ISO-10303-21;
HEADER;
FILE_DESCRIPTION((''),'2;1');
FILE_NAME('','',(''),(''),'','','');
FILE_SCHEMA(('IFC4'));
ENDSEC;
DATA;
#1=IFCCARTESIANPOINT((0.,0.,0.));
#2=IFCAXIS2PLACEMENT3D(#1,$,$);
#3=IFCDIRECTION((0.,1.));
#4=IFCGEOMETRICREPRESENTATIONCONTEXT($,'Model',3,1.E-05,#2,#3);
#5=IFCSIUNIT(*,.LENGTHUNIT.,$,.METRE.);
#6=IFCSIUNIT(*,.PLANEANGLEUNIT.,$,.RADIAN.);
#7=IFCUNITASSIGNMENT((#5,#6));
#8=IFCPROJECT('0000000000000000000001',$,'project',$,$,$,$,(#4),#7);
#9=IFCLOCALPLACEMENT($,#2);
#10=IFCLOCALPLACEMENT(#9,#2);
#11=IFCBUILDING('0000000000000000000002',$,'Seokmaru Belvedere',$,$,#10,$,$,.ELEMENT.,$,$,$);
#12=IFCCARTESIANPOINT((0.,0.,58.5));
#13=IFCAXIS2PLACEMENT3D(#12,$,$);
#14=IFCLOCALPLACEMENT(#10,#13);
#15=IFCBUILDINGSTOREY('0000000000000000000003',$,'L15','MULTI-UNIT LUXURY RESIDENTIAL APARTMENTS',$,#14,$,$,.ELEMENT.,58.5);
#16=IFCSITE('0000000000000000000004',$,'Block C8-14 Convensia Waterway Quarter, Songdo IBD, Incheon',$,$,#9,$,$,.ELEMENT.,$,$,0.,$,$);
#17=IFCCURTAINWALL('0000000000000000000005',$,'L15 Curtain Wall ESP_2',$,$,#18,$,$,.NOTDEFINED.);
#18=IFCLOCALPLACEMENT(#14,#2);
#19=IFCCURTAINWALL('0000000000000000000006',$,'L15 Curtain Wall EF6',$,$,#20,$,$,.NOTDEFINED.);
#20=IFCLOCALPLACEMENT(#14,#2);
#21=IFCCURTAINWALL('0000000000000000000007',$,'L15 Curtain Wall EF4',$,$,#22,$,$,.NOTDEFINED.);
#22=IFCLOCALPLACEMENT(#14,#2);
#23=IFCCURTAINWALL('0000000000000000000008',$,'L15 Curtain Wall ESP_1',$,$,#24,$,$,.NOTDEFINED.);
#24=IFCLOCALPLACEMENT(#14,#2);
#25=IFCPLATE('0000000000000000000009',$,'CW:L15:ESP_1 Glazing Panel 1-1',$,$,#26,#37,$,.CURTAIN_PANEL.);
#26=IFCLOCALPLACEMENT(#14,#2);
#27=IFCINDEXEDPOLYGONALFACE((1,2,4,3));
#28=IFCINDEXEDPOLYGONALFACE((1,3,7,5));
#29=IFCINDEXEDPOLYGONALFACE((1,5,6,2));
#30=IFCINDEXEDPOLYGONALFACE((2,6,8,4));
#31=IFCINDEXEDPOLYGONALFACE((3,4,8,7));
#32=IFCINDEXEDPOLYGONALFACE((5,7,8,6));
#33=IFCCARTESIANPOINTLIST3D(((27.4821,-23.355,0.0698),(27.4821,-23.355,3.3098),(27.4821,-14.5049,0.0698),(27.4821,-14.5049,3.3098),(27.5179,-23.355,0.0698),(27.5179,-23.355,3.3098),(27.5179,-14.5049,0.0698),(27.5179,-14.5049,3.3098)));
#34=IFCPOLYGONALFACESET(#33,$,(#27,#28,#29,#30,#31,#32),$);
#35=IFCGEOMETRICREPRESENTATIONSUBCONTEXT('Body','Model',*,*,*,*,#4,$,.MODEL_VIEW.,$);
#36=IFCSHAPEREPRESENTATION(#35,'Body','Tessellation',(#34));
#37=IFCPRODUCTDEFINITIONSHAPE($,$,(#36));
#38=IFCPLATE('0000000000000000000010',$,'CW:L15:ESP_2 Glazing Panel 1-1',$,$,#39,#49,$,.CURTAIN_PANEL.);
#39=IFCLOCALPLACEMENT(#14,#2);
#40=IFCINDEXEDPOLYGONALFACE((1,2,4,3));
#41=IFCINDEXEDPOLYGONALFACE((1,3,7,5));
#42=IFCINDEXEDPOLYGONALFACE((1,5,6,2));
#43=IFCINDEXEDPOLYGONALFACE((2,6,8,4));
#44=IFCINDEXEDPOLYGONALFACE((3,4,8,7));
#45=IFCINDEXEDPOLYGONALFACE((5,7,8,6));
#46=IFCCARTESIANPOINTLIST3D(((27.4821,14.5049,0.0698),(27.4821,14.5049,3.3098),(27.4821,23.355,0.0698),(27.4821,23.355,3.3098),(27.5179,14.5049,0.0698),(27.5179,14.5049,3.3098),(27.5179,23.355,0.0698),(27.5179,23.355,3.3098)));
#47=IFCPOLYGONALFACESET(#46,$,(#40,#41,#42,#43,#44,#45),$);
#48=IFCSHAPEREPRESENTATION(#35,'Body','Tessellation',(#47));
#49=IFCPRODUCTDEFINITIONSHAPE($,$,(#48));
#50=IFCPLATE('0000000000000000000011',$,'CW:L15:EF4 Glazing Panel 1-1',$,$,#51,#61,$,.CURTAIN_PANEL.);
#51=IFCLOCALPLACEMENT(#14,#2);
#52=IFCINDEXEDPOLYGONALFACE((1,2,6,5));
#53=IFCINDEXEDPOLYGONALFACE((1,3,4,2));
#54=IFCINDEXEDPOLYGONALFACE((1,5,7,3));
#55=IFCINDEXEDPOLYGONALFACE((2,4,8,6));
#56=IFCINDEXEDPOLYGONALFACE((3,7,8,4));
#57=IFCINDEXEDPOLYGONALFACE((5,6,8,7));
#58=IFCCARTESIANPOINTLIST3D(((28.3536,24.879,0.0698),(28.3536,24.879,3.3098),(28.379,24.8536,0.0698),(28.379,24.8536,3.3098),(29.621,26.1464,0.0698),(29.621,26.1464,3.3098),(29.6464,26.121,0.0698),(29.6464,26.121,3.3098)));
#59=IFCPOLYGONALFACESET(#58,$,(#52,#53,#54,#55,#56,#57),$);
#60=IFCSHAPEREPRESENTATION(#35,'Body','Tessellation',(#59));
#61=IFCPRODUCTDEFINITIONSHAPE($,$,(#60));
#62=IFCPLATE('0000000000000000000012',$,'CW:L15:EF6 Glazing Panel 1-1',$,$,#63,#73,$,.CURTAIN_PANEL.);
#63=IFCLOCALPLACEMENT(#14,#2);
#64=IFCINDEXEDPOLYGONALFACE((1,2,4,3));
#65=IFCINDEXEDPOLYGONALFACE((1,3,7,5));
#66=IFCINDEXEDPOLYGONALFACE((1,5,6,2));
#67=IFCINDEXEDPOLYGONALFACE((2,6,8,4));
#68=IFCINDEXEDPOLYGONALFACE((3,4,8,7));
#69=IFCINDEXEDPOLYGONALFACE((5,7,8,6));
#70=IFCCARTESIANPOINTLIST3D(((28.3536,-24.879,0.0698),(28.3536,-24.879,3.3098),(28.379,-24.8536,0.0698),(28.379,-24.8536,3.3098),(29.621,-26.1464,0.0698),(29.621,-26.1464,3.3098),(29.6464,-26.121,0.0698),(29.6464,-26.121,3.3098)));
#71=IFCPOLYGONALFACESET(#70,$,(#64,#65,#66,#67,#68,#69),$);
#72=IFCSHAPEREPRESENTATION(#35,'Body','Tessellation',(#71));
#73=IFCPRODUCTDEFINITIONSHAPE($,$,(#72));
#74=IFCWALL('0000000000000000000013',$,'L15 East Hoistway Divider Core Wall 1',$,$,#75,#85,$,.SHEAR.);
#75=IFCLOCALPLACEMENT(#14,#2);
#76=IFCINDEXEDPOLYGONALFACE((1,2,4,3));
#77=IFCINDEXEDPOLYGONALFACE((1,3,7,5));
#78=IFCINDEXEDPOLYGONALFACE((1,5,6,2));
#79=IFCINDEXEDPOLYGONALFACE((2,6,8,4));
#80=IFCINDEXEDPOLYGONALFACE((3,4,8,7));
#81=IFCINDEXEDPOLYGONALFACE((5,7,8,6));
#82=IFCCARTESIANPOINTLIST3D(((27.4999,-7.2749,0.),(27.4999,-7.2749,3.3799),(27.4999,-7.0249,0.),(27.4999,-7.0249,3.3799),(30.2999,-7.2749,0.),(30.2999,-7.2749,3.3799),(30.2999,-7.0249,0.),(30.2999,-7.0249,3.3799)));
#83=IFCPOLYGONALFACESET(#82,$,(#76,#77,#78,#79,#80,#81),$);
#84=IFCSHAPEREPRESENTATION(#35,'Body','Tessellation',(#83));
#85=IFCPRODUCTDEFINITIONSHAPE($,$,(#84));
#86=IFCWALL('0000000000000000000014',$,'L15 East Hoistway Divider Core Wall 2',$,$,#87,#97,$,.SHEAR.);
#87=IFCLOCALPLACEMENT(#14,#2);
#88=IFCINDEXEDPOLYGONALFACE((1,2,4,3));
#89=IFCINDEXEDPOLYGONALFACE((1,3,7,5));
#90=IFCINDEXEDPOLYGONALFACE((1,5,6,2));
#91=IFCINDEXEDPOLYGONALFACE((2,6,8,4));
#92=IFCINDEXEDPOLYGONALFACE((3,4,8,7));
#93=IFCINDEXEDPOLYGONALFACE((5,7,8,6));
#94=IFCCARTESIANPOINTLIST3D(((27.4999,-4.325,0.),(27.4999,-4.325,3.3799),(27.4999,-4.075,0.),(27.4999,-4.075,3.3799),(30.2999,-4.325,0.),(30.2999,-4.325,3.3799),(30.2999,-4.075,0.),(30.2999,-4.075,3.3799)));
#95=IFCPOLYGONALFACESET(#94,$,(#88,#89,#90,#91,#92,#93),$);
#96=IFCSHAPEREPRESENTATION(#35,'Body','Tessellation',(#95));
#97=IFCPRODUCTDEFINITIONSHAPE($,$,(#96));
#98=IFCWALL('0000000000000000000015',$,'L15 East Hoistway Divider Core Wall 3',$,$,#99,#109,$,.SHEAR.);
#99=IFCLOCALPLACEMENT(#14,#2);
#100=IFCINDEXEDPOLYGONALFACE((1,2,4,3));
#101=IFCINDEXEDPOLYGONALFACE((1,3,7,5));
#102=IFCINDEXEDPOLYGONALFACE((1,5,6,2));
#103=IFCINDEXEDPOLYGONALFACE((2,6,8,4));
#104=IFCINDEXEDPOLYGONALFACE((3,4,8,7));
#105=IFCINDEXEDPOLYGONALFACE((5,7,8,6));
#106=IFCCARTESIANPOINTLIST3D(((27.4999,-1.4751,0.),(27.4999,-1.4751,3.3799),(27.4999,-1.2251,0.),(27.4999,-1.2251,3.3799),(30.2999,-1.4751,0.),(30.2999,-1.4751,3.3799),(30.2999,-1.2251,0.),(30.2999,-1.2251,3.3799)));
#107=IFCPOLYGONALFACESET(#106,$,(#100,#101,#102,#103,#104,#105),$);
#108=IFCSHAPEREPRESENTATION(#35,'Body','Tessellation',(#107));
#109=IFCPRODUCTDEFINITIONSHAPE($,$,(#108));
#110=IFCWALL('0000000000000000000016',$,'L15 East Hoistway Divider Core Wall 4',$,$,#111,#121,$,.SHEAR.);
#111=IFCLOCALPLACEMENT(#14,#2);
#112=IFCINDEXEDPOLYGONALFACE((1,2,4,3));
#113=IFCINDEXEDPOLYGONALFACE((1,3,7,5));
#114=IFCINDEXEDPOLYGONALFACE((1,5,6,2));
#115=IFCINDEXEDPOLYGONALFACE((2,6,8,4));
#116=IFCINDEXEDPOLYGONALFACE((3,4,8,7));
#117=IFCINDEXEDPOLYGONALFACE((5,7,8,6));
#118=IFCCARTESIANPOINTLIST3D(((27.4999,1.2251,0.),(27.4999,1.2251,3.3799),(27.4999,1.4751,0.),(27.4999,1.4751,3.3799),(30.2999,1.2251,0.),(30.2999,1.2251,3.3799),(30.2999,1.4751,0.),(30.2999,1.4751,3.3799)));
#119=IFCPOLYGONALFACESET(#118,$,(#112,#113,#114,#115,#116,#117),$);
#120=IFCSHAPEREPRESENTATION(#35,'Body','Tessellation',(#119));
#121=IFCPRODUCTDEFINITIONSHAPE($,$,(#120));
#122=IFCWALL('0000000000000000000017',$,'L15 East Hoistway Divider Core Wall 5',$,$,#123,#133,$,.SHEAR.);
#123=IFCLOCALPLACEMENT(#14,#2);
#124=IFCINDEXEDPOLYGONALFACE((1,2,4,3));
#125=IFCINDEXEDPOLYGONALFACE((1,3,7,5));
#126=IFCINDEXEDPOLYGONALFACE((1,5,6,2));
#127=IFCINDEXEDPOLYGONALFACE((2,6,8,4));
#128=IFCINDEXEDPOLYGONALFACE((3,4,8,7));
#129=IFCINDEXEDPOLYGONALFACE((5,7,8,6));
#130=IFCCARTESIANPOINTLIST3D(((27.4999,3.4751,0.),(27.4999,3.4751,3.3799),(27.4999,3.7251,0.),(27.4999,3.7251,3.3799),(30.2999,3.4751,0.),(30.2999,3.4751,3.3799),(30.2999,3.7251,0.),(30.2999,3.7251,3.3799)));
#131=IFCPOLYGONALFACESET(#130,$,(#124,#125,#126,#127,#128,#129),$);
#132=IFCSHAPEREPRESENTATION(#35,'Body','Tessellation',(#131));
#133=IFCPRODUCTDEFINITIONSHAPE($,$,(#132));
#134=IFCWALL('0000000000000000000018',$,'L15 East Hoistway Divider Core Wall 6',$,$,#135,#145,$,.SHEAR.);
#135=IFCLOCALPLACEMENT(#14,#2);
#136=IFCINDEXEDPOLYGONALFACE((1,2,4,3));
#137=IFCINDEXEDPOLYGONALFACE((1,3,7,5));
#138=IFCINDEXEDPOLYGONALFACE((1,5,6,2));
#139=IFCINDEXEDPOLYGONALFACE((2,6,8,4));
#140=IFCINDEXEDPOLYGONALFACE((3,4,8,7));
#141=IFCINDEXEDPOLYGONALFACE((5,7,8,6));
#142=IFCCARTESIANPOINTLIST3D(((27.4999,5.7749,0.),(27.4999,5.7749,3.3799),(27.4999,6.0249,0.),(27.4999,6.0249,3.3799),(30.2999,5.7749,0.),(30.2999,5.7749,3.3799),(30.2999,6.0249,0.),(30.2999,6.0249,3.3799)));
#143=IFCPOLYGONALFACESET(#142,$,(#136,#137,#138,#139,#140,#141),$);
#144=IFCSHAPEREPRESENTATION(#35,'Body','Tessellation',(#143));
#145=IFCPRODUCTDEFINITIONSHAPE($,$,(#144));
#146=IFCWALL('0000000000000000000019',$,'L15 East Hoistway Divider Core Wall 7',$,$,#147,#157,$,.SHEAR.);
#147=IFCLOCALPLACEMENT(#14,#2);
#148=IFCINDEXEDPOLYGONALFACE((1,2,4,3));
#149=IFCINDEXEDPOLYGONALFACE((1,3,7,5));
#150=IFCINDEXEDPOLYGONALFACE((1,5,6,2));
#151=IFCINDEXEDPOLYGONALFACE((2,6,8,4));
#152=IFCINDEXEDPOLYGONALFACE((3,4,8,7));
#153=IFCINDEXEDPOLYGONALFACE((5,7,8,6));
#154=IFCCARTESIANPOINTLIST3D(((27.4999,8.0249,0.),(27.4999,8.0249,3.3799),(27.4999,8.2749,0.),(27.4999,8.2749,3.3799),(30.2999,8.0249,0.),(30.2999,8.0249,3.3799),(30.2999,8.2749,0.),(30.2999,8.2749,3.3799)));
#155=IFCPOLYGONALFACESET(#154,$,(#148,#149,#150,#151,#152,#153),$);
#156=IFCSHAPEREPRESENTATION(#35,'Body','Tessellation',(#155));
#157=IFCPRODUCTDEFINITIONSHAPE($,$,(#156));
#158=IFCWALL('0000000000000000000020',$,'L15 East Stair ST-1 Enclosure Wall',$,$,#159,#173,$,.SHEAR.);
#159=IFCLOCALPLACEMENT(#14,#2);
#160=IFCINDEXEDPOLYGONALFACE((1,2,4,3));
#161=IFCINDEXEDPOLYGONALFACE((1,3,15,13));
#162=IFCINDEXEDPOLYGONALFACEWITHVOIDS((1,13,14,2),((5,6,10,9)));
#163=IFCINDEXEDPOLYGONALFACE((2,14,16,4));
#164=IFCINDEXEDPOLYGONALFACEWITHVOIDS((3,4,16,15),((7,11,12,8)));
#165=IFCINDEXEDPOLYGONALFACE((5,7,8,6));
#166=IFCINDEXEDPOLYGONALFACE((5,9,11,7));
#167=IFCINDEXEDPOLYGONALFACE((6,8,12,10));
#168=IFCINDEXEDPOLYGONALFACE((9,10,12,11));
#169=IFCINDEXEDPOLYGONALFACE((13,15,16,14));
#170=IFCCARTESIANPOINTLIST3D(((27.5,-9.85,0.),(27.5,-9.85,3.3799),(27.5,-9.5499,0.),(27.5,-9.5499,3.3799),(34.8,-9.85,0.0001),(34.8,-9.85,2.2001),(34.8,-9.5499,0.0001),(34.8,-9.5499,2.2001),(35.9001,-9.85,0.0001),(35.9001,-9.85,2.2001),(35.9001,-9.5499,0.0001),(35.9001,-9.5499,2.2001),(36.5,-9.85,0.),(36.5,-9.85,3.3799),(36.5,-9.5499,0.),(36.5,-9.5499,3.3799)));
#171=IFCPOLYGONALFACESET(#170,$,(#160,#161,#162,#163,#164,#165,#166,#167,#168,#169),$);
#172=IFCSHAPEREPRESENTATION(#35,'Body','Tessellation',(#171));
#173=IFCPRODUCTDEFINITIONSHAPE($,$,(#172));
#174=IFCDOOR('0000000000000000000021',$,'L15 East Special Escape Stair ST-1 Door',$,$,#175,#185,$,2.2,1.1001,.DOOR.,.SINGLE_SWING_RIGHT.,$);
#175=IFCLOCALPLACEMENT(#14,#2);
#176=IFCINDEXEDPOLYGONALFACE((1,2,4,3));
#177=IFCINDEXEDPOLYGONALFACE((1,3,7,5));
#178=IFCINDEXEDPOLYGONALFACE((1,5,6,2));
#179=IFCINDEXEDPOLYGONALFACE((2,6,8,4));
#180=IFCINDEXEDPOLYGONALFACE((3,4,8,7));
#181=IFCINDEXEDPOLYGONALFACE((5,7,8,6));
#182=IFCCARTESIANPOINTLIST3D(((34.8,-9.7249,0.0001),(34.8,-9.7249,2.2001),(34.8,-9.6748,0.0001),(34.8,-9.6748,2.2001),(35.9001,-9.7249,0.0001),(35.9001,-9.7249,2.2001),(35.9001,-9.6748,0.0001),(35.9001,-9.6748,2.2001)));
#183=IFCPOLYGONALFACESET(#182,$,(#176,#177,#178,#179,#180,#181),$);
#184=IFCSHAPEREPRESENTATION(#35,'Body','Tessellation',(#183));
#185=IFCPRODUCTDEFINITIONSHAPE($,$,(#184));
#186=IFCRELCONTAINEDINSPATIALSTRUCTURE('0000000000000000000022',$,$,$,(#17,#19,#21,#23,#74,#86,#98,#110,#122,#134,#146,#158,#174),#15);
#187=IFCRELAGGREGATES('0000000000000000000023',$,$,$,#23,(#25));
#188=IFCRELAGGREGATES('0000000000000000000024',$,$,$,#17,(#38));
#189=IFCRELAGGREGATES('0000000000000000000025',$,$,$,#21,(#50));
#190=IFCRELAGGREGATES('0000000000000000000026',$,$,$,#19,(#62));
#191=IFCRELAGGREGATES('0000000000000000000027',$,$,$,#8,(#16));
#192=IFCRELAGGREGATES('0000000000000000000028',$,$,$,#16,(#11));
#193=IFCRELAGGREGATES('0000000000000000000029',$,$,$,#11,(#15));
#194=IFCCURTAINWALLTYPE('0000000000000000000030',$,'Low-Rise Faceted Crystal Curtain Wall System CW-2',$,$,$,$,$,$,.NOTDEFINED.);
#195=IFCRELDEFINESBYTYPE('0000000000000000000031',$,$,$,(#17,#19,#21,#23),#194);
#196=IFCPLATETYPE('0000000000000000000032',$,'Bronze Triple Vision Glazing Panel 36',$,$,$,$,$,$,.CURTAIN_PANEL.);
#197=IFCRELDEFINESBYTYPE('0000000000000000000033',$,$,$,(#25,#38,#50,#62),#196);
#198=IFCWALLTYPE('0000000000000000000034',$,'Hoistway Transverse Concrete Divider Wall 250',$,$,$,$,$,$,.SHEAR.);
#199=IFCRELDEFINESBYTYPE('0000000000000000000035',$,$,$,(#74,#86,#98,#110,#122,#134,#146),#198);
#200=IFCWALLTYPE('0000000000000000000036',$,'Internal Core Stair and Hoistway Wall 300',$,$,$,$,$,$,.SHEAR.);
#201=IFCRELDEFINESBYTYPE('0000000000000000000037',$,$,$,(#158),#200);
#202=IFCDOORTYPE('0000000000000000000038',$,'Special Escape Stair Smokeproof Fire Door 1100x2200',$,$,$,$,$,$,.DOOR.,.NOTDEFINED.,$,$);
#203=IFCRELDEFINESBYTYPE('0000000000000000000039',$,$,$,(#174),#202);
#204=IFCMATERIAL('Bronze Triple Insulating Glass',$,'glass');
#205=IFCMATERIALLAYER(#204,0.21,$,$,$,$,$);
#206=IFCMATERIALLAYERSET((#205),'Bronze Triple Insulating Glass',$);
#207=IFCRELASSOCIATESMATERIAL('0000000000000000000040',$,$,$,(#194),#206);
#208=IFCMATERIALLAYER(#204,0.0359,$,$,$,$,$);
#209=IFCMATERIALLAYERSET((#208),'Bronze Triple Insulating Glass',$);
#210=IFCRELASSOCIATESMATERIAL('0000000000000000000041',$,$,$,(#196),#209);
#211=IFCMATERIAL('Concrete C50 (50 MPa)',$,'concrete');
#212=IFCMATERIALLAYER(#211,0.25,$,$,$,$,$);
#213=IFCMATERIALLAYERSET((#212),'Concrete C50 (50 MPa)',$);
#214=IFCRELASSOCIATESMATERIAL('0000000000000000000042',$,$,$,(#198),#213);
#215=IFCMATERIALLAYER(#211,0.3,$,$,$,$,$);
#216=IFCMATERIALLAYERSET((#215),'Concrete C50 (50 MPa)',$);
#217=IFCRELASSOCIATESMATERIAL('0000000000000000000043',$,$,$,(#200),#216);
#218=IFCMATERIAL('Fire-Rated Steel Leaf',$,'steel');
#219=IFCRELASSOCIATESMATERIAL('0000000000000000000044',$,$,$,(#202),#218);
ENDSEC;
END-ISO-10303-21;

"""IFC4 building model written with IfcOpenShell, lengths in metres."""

from ifc_helpers import new_model, si_unit, direction, frame, frame_2d, origin, origin_2d, place, context, subcontext, project, spatial, rectangle, extrude, source, transform, mapped, material, layer, layer_set, type_object, type_shapes, element, fill, aggregate, save


model = new_model("IFC4")

# Units and contexts
model_context = context("Model", 3, precision=1e-05, world=origin(), true_north=direction((0.0, 1.0)))
body_context = subcontext(model_context, "Body", "Model", "MODEL_VIEW")
ifc_project = project(units=[si_unit("LENGTHUNIT", "METRE"), si_unit("PLANEANGLEUNIT", "RADIAN")], contexts=[model_context])

# Site, building, storey
site_placement = place(None, origin())
site = spatial("IfcSite", under=ifc_project, at=site_placement, Name="Block C8-14 Convensia Waterway Quarter, Songdo IBD, Incheon", CompositionType="ELEMENT", RefElevation=0.0)
building_placement = place(site_placement, origin())
building = spatial("IfcBuilding", under=site, at=building_placement, Name="Seokmaru Belvedere", CompositionType="ELEMENT")
storey_placement = place(building_placement, frame((0.0, 0.0, 58.5)))
storey = spatial("IfcBuildingStorey", under=building, at=storey_placement, Name="L15", Description="MULTI-UNIT LUXURY RESIDENTIAL APARTMENTS", CompositionType="ELEMENT", Elevation=58.5)

# Curtain walls
ifc_material_1 = material(Name="Bronze Triple Insulating Glass", Category="glass")
ifc_layer_1 = layer(ifc_material_1, 0.21)
ifc_layer_set_1 = layer_set([ifc_layer_1], Name="Bronze Triple Insulating Glass")
curtain_wall_type = type_object("IfcCurtainWallType", Name="Low-Rise Faceted Crystal Curtain Wall System CW-2", PredefinedType="NOTDEFINED", material=ifc_layer_set_1)
curtain_wall_1_placement = place(storey_placement, origin())
curtain_wall_1 = element("IfcCurtainWall", 1, at=curtain_wall_1_placement, inside=storey, type_object=curtain_wall_type, Name="L15 Curtain Wall ESP_2", PredefinedType="NOTDEFINED")
curtain_wall_2_placement = place(storey_placement, origin())
curtain_wall_2 = element("IfcCurtainWall", 2, at=curtain_wall_2_placement, inside=storey, type_object=curtain_wall_type, Name="L15 Curtain Wall EF6", PredefinedType="NOTDEFINED")

# Curtain wall
curtain_wall_3_placement = place(storey_placement, origin())
curtain_wall_3 = element("IfcCurtainWall", 3, at=curtain_wall_3_placement, inside=storey, type_object=curtain_wall_type, Name="L15 Curtain Wall EF4", PredefinedType="NOTDEFINED")

# Curtain wall, plate
curtain_wall_4_placement = place(storey_placement, origin())
curtain_wall_4 = element("IfcCurtainWall", 4, at=curtain_wall_4_placement, inside=storey, type_object=curtain_wall_type, Name="L15 Curtain Wall ESP_1", PredefinedType="NOTDEFINED")
ifc_layer_2 = layer(ifc_material_1, 0.0359)
ifc_layer_set_2 = layer_set([ifc_layer_2], Name="Bronze Triple Insulating Glass")
plate_type = type_object("IfcPlateType", Name="Bronze Triple Vision Glazing Panel 36", PredefinedType="CURTAIN_PANEL", material=ifc_layer_set_2)
shared_shape_1 = source(origin(), body_context, "Body", "SweptSolid", [
    extrude(rectangle(XDim=8.8501, YDim=0.0359, at=origin_2d()), origin(), (0.0, 0.0, 1.0), 3.24),
])
plate_1_placement = place(storey_placement, frame((27.5, -18.9299, 0.0698), z_axis=(0.0, 0.0, 1.0), x_axis=(0.0, -1.0, 0.0)))
plate_1 = element("IfcPlate", 5, at=plate_1_placement, type_object=plate_type, Name="CW:L15:ESP_1 Glazing Panel 1-1", PredefinedType="CURTAIN_PANEL", context=body_context, shape_type="MappedRepresentation", body=[
    mapped(shared_shape_1, transform((0.0, 0.0, 0.0), scale=1.0)),
])
aggregate(curtain_wall_4, [plate_1])

# Plates
plate_2_placement = place(storey_placement, frame((27.5, 18.9299, 0.0698), z_axis=(0.0, 0.0, 1.0), x_axis=(0.0, -1.0, 0.0)))
plate_2 = element("IfcPlate", 6, at=plate_2_placement, type_object=plate_type, Name="CW:L15:ESP_2 Glazing Panel 1-1", PredefinedType="CURTAIN_PANEL", context=body_context, shape_type="MappedRepresentation", body=[
    mapped(shared_shape_1, transform((0.0, 0.0, 0.0), scale=1.0)),
])
aggregate(curtain_wall_1, [plate_2])
shared_shape_2 = source(origin(), body_context, "Body", "SweptSolid", [
    extrude(rectangle(XDim=1.7925, YDim=0.0359, at=origin_2d()), origin(), (0.0, 0.0, 1.0), 3.24),
])
type_shapes(plate_type, [shared_shape_1, shared_shape_2])
plate_3_placement = place(storey_placement, frame((29.0, 25.5, 0.0698), z_axis=(0.0, 0.0, 1.0), x_axis=(-0.707107, -0.707107, 0.0)))
plate_3 = element("IfcPlate", 7, at=plate_3_placement, type_object=plate_type, Name="CW:L15:EF4 Glazing Panel 1-1", PredefinedType="CURTAIN_PANEL", context=body_context, shape_type="MappedRepresentation", body=[
    mapped(shared_shape_2, transform((0.0, 0.0, 0.0), scale=1.0)),
])
aggregate(curtain_wall_3, [plate_3])
plate_4_placement = place(storey_placement, frame((29.0, -25.5, 0.0698), z_axis=(0.0, 0.0, 1.0), x_axis=(0.707107, -0.707107, 0.0)))
plate_4 = element("IfcPlate", 8, at=plate_4_placement, type_object=plate_type, Name="CW:L15:EF6 Glazing Panel 1-1", PredefinedType="CURTAIN_PANEL", context=body_context, shape_type="MappedRepresentation", body=[
    mapped(shared_shape_2, transform((0.0, 0.0, 0.0), scale=1.0)),
])
aggregate(curtain_wall_2, [plate_4])

# Walls
ifc_material_2 = material(Name="Concrete C50 (50 MPa)", Category="concrete")
ifc_layer_3 = layer(ifc_material_2, 0.25)
ifc_layer_set_3 = layer_set([ifc_layer_3], Name="Concrete C50 (50 MPa)")
wall_type_1 = type_object("IfcWallType", Name="Hoistway Transverse Concrete Divider Wall 250", PredefinedType="SHEAR", material=ifc_layer_set_3)
for number, where, z_axis, x_axis, name in (
    (9, (27.5, -7.1499, 0.0), (0.0, 0.0, 1.0), (1.0, 0.0, 0.0), "L15 East Hoistway Divider Core Wall 1"),
    (10, (27.5, -4.2, 0.0), (0.0, 0.0, 1.0), (1.0, 0.0, 0.0), "L15 East Hoistway Divider Core Wall 2"),
    (11, (27.5, -1.3501, 0.0), (0.0, 0.0, 1.0), (1.0, 0.0, 0.0), "L15 East Hoistway Divider Core Wall 3"),
    (12, (27.5, 1.3501, 0.0), (0.0, 0.0, 1.0), (1.0, 0.0, 0.0), "L15 East Hoistway Divider Core Wall 4"),
    (13, (27.5, 3.6001, 0.0), (0.0, 0.0, 1.0), (1.0, 0.0, 0.0), "L15 East Hoistway Divider Core Wall 5"),
    (14, (27.5, 5.8999, 0.0), (0.0, 0.0, 1.0), (1.0, 0.0, 0.0), "L15 East Hoistway Divider Core Wall 6"),
    (15, (27.5, 8.1499, 0.0), (0.0, 0.0, 1.0), (1.0, 0.0, 0.0), "L15 East Hoistway Divider Core Wall 7"),
):
    element("IfcWall", number, at=place(storey_placement, frame(where, z_axis=z_axis, x_axis=x_axis)), inside=storey, type_object=wall_type_1, Name=name, PredefinedType="SHEAR", context=body_context, shape_type="SweptSolid", body=[
        extrude(rectangle(XDim=2.8, YDim=0.25, at=frame_2d((1.3999, 0.0))), origin(), (0.0, 0.0, 1.0), 3.3799),
    ])

# Wall, opening, door
ifc_layer_4 = layer(ifc_material_2, 0.3)
ifc_layer_set_4 = layer_set([ifc_layer_4], Name="Concrete C50 (50 MPa)")
wall_type_2 = type_object("IfcWallType", Name="Internal Core Stair and Hoistway Wall 300", PredefinedType="SHEAR", material=ifc_layer_set_4)
wall_1_placement = place(storey_placement, frame((27.5, -9.7, 0.0), z_axis=(0.0, 0.0, 1.0), x_axis=(1.0, 0.0, 0.0)))
wall_1 = element("IfcWall", 16, at=wall_1_placement, inside=storey, type_object=wall_type_2, Name="L15 East Stair ST-1 Enclosure Wall", PredefinedType="SHEAR", context=body_context, shape_type="SweptSolid", body=[
    extrude(rectangle(XDim=9.0, YDim=0.3, at=frame_2d((4.5, 0.0))), origin(), (0.0, 0.0, 1.0), 3.3799),
])
opening_1_placement = place(wall_1_placement, frame((7.3, 0.0, 0.0)))
opening_1 = element("IfcOpeningElement", 17, at=opening_1_placement, cuts=wall_1, PredefinedType="OPENING", context=body_context, shape_type="SweptSolid", body=[
    extrude(rectangle(XDim=1.1001, YDim=2.2, at=frame_2d((0.55, 1.1001))), frame((0.0, 0.1602, 0.0), z_axis=(0.0, -1.0, 0.0), x_axis=(1.0, 0.0, 0.0)), (0.0, 0.0, 1.0), 0.3201),
])
ifc_material_3 = material(Name="Fire-Rated Steel Leaf", Category="steel")
door_type = type_object("IfcDoorType", Name="Special Escape Stair Smokeproof Fire Door 1100x2200", OperationType="NOTDEFINED", PredefinedType="DOOR", material=ifc_material_3)
shared_shape_3 = source(origin(), body_context, "Body", "SweptSolid", [
    extrude(rectangle(XDim=1.1001, YDim=2.2, at=frame_2d((0.55, 1.1001))), frame((0.0, 0.0249, 0.0), z_axis=(0.0, -1.0, 0.0), x_axis=(1.0, 0.0, 0.0)), (0.0, 0.0, 1.0), 0.05),
])
type_shapes(door_type, [shared_shape_3])
door_1_placement = place(opening_1_placement, frame((1.1001, 0.0, 0.0), z_axis=(0.0, 0.0, 1.0), x_axis=(-1.0, 0.0, 0.0)))
door_1 = element("IfcDoor", 18, at=door_1_placement, inside=storey, type_object=door_type, Name="L15 East Special Escape Stair ST-1 Door", OperationType="SINGLE_SWING_RIGHT", OverallHeight=2.2, OverallWidth=1.1001, PredefinedType="DOOR", context=body_context, shape_type="MappedRepresentation", body=[
    mapped(shared_shape_3, transform((0.0, 0.0, 0.0), scale=1.0)),
])
fill(opening_1, door_1)

save(model, "model.ifc")
